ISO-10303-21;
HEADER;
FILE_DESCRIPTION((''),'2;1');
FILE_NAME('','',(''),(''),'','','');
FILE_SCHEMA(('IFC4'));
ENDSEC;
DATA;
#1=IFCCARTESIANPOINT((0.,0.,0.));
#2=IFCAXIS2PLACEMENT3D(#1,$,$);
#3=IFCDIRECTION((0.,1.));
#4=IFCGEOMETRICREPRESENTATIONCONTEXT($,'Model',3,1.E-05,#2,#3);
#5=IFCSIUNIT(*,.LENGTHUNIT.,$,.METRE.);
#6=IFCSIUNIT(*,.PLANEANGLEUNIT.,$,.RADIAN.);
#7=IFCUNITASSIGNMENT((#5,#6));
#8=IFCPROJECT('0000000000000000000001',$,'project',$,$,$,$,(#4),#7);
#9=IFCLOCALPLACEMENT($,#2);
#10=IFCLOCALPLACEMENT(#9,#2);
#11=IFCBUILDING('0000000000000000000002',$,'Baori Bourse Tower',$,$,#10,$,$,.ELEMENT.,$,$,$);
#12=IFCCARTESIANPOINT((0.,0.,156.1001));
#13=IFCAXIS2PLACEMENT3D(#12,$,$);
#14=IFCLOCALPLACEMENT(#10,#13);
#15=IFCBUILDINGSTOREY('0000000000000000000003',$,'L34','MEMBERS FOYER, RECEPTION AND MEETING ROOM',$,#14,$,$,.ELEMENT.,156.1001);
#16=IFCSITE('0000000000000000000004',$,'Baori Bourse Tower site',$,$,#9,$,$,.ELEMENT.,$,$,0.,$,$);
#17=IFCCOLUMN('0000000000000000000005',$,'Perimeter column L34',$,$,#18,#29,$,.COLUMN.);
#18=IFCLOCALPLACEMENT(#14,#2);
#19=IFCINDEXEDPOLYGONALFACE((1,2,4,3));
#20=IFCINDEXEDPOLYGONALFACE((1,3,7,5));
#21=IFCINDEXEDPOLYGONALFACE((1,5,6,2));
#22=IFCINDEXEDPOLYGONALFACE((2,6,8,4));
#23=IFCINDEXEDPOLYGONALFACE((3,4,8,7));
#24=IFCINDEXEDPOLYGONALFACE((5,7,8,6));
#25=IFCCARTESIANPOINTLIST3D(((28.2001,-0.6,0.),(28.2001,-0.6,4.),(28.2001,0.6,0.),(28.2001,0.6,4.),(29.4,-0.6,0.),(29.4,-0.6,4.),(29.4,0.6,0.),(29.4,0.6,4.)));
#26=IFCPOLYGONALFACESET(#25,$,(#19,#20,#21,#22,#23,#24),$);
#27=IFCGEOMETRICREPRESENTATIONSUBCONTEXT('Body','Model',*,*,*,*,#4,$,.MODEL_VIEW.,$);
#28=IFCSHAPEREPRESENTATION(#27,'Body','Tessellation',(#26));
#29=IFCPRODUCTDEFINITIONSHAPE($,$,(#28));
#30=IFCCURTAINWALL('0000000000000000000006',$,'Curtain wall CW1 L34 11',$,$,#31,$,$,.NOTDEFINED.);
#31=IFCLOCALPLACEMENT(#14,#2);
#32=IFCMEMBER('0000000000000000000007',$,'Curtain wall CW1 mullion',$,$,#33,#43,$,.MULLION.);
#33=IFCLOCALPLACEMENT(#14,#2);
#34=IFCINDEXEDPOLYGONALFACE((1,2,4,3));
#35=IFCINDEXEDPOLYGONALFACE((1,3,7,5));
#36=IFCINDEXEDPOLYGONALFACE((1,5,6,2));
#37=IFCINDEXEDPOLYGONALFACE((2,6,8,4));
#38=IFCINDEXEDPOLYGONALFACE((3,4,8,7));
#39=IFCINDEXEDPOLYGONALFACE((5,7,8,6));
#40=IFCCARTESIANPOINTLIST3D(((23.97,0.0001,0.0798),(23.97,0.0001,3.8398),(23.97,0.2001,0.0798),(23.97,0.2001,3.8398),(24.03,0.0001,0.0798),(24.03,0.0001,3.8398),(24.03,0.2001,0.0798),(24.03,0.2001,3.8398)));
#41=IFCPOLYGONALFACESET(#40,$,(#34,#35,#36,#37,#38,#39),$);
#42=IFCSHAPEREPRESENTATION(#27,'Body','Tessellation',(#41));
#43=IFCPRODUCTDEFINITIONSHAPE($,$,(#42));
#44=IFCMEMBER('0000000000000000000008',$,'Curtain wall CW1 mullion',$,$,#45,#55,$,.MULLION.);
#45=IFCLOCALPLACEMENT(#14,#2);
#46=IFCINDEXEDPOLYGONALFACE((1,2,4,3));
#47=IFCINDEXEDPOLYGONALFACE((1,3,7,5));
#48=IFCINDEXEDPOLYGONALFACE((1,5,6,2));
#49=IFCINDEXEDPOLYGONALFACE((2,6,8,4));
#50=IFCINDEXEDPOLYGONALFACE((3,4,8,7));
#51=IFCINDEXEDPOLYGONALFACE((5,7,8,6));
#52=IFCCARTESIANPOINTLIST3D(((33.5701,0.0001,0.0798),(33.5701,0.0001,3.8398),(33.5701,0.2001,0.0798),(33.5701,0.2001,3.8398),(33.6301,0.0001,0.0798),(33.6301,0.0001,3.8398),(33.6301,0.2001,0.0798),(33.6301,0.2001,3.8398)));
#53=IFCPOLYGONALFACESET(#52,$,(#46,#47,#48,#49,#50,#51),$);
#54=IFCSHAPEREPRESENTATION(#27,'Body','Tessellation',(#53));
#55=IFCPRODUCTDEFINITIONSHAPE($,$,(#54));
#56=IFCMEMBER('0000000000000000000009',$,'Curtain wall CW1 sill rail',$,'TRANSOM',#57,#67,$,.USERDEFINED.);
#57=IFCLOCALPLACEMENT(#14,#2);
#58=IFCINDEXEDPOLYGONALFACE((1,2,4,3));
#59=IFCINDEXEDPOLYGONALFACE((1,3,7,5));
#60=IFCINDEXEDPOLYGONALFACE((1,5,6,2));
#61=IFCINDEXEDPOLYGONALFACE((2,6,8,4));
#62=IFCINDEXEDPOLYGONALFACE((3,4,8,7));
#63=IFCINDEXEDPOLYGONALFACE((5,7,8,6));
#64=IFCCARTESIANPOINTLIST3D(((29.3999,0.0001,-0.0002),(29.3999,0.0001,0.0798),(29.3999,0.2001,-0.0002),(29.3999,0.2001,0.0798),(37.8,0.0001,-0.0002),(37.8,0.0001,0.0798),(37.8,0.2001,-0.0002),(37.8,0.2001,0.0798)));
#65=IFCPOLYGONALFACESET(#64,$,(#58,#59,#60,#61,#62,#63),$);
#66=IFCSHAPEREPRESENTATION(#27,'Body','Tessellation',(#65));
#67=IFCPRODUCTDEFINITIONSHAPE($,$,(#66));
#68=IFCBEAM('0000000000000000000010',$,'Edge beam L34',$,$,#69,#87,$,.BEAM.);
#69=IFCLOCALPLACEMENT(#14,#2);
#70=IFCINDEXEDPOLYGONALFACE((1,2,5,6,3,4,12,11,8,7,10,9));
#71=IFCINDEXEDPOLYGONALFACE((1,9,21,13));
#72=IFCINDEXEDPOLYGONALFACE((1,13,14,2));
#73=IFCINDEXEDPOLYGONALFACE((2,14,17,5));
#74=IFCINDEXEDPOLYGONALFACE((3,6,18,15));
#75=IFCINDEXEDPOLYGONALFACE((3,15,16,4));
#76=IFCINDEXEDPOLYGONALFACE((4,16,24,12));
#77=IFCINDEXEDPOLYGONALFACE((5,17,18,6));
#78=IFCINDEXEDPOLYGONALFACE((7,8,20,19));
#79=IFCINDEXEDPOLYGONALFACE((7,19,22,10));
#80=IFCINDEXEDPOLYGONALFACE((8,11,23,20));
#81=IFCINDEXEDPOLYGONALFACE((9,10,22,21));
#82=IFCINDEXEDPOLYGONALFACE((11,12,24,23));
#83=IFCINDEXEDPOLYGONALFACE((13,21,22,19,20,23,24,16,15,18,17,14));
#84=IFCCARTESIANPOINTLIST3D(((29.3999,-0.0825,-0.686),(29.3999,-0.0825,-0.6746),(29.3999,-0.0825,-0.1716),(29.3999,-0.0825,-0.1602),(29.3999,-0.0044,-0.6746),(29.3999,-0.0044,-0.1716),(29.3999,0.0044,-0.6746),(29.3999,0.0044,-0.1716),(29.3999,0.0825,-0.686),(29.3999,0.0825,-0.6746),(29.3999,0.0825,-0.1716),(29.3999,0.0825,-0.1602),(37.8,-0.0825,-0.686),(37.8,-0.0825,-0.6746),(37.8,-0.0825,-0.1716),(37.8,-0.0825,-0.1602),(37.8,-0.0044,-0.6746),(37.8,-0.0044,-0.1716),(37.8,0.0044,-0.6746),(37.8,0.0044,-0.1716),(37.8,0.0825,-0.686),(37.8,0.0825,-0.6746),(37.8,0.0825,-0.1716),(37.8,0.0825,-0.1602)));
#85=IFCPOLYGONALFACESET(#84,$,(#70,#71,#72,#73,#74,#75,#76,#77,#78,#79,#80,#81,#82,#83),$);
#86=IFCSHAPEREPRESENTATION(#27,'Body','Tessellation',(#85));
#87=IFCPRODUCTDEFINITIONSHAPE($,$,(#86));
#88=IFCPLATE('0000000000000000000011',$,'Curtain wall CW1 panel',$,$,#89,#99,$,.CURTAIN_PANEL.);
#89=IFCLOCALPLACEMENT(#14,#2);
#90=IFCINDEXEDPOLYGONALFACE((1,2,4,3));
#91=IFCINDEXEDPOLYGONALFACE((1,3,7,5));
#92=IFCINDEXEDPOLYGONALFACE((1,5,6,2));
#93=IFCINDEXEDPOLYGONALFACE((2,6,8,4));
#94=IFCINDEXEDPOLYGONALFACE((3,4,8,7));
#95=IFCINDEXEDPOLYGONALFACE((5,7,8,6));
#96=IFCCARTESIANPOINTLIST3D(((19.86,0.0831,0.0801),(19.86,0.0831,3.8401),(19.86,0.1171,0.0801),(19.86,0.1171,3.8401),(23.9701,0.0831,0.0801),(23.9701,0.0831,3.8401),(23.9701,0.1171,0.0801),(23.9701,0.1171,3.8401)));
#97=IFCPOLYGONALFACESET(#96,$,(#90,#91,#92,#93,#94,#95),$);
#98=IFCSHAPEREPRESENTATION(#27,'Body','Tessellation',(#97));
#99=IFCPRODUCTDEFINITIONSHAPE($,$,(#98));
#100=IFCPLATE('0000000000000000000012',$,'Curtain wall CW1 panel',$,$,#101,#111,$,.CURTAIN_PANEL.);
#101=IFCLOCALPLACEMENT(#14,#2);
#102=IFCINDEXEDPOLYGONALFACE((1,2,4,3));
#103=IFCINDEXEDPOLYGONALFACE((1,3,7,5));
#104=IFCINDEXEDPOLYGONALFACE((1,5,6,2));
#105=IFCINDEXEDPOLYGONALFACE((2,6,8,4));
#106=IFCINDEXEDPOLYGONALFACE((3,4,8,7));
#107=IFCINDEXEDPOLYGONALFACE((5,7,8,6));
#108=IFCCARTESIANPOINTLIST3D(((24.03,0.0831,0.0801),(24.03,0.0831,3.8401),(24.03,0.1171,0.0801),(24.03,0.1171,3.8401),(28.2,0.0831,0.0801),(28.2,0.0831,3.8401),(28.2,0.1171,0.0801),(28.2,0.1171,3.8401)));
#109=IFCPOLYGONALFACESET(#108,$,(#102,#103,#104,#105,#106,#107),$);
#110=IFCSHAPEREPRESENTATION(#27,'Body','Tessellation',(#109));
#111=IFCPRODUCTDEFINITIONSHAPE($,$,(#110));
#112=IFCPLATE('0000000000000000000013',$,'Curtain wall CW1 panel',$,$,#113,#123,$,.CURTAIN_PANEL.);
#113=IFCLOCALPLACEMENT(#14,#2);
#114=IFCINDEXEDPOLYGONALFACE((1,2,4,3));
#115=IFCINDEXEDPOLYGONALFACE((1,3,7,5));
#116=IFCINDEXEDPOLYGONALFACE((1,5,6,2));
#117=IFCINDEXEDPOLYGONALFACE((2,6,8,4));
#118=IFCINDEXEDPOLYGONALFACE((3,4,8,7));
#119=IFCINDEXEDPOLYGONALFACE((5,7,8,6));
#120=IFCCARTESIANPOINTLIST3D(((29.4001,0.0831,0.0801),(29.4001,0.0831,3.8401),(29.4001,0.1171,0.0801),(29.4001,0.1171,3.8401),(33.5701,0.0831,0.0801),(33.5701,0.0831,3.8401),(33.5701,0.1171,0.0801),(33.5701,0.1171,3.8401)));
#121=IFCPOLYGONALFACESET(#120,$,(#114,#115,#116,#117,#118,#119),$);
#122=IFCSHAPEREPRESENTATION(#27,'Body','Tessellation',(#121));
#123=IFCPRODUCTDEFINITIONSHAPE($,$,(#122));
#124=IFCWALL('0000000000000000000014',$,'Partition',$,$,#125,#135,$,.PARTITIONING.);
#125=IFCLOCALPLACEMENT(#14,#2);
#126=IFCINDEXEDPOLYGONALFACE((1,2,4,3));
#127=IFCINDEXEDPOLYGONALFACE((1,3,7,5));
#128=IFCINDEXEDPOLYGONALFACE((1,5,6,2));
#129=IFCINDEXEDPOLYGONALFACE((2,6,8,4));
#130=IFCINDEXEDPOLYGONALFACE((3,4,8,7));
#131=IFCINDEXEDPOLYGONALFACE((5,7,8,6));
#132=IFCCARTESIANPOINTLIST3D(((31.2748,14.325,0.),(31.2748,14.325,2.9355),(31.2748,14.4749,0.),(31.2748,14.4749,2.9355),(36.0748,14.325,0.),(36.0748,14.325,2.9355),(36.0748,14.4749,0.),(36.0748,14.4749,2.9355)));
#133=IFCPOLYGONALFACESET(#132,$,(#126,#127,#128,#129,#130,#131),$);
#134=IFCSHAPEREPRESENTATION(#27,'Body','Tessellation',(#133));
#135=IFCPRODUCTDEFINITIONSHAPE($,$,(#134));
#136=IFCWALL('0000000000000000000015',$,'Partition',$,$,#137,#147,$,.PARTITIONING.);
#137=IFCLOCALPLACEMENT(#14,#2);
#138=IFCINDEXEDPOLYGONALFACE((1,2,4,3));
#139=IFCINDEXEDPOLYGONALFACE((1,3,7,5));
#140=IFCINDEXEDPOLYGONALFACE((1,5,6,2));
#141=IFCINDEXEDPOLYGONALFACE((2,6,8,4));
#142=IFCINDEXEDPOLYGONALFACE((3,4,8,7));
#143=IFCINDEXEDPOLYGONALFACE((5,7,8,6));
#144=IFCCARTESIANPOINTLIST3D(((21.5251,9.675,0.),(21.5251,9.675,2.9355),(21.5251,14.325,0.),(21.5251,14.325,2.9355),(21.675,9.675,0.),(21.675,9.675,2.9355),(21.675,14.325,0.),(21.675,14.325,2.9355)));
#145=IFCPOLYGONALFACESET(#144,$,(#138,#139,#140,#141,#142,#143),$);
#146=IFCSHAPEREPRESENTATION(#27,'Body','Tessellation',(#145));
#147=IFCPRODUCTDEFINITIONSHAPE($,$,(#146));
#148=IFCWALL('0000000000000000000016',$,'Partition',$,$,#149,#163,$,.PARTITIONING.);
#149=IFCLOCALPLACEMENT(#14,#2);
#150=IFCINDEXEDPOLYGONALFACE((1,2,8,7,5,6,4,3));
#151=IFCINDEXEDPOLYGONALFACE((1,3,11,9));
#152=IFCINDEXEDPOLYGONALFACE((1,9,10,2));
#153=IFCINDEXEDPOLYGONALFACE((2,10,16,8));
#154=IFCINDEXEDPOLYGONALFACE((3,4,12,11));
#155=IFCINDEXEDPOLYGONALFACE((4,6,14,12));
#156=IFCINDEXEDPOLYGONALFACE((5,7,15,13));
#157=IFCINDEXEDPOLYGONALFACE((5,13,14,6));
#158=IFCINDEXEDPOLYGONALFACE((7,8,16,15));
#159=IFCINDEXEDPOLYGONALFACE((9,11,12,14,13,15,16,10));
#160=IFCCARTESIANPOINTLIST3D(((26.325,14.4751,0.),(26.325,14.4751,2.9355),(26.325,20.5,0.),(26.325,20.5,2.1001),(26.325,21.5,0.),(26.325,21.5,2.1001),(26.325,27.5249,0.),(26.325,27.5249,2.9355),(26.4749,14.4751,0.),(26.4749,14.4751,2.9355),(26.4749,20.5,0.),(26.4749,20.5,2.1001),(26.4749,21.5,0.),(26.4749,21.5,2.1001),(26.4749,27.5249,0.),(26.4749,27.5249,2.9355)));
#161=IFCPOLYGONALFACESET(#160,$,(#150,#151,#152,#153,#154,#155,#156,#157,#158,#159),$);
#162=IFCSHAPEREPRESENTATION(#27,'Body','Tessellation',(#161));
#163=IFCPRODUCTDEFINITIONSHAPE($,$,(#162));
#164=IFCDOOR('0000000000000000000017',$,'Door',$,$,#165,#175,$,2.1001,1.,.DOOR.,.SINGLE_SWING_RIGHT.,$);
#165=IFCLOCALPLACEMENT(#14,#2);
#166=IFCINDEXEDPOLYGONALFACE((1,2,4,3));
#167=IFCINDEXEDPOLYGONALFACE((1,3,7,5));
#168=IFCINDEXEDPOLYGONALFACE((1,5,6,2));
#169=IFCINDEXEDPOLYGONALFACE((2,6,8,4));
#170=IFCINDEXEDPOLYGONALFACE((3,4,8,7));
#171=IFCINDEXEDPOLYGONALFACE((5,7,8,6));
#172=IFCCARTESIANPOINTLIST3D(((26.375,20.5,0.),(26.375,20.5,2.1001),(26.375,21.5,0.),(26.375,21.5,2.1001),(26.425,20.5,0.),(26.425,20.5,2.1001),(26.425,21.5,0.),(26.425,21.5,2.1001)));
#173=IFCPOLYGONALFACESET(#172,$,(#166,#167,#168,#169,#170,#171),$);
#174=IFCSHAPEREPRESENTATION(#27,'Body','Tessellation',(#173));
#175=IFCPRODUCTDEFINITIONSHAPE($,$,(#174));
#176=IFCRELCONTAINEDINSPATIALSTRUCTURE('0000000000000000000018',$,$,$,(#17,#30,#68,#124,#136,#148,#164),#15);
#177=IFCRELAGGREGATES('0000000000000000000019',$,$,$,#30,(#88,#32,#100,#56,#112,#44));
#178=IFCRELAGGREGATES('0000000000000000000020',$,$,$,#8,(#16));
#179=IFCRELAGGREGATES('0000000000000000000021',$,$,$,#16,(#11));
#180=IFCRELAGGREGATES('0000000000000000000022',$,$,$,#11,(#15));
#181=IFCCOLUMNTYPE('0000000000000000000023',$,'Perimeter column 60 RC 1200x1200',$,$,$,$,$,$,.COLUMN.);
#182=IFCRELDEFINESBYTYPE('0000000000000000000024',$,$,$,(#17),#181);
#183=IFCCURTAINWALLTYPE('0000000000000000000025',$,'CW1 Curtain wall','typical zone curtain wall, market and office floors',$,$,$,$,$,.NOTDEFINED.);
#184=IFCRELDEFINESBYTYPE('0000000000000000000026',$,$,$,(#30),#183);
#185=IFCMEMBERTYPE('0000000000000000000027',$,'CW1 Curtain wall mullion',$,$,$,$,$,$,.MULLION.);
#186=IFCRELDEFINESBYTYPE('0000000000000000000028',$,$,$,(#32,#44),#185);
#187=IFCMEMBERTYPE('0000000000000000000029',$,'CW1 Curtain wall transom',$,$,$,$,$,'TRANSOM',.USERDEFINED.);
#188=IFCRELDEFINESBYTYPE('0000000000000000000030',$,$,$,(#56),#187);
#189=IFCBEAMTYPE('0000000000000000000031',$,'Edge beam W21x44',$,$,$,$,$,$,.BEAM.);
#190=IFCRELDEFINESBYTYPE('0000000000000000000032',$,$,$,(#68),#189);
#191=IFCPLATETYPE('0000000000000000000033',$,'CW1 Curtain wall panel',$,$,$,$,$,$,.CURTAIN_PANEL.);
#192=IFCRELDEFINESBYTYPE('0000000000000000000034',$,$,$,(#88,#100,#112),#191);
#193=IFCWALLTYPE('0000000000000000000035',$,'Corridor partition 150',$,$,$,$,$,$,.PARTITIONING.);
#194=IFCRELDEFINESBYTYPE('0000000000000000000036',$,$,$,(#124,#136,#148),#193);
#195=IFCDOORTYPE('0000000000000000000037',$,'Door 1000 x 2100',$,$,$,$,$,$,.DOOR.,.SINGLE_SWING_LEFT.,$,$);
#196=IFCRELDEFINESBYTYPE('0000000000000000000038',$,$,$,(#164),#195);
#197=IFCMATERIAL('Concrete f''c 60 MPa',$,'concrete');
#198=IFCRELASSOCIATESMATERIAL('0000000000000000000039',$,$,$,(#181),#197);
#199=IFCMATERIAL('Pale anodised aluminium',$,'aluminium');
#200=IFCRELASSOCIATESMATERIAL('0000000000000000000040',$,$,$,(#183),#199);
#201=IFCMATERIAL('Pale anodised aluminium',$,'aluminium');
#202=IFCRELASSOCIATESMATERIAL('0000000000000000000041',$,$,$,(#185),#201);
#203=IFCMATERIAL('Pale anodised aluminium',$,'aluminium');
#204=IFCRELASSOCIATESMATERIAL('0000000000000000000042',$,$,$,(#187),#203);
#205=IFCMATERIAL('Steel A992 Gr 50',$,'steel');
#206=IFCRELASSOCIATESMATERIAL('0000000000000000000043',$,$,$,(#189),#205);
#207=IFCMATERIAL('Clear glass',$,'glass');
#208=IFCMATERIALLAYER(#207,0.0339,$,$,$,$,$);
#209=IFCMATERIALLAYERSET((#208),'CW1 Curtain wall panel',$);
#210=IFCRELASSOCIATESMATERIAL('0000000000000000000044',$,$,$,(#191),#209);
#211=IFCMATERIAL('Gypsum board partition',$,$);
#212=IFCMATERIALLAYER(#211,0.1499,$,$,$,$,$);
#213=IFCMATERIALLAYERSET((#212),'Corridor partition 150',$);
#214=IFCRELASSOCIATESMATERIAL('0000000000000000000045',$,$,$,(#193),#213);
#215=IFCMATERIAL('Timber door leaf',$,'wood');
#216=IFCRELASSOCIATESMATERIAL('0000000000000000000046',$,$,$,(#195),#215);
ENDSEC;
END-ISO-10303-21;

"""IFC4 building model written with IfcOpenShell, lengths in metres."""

from ifc_helpers import new_model, si_unit, direction, frame, frame_2d, origin, origin_2d, place, context, subcontext, project, spatial, rectangle, i_section, extrude, material, layer, layer_set, material_profile, profile_set, type_object, element, fill, aggregate, save


model = new_model("IFC4")

# Units and contexts
model_context = context("Model", 3, precision=1e-05, world=origin(), true_north=direction((0.0, 1.0)))
body_context = subcontext(model_context, "Body", "Model", "MODEL_VIEW")
ifc_project = project(units=[si_unit("LENGTHUNIT", "METRE"), si_unit("PLANEANGLEUNIT", "RADIAN")], contexts=[model_context])

# Site, building, storey
site_placement = place(None, origin())
site = spatial("IfcSite", under=ifc_project, at=site_placement, Name="Baori Bourse Tower site", CompositionType="ELEMENT", RefElevation=0.0)
building_placement = place(site_placement, origin())
building = spatial("IfcBuilding", under=site, at=building_placement, Name="Baori Bourse Tower", CompositionType="ELEMENT")
storey_placement = place(building_placement, frame((0.0, 0.0, 156.1001)))
storey = spatial("IfcBuildingStorey", under=building, at=storey_placement, Name="L34", Description="MEMBERS FOYER, RECEPTION AND MEETING ROOM", CompositionType="ELEMENT", Elevation=156.1001)

# Column
ifc_material_1 = material(Name="Concrete f'c 60 MPa", Category="concrete")
ifc_material_profile_1 = material_profile(ifc_material_1, rectangle(XDim=1.2, YDim=1.2, at=origin_2d()), Name="RC 1200x1200")
ifc_profile_set_1 = profile_set([ifc_material_profile_1], Name="Concrete f'c 60 MPa")
column_type = type_object("IfcColumnType", Name="Perimeter column 60 RC 1200x1200", PredefinedType="COLUMN", material=ifc_profile_set_1)
column_placement = place(storey_placement, frame((28.8, 0.0, 0.0), z_axis=(0.0, 0.0, 1.0), x_axis=(1.0, 0.0, 0.0)))
element("IfcColumn", 1, at=column_placement, inside=storey, type_object=column_type, Name="Perimeter column L34", PredefinedType="COLUMN", context=body_context, shape_type="SweptSolid", body=[
    extrude(rectangle(XDim=1.2, YDim=1.2, at=origin_2d()), origin(), (0.0, 0.0, 1.0), 4.0),
])

# Curtain wall, members
ifc_material_2 = material(Name="Pale anodised aluminium", Category="aluminium")
curtain_wall_type = type_object("IfcCurtainWallType", Name="CW1 Curtain wall", Description="typical zone curtain wall, market and office floors", PredefinedType="NOTDEFINED", material=ifc_material_2)
curtain_wall_placement = place(storey_placement, origin())
curtain_wall = element("IfcCurtainWall", 2, at=curtain_wall_placement, inside=storey, type_object=curtain_wall_type, Name="Curtain wall CW1 L34 11", PredefinedType="NOTDEFINED")
ifc_material_3 = material(Name="Pale anodised aluminium", Category="aluminium")
ifc_material_profile_2 = material_profile(ifc_material_3, rectangle(XDim=0.2, YDim=0.0601, at=origin_2d()), Name="Mullion 60x200")
ifc_profile_set_2 = profile_set([ifc_material_profile_2], Name="Pale anodised aluminium")
member_type_1 = type_object("IfcMemberType", Name="CW1 Curtain wall mullion", PredefinedType="MULLION", material=ifc_profile_set_2)
member_1_placement = place(storey_placement, frame((24.0, 0.1001, 0.0798), z_axis=(0.0, 0.0, 1.0), x_axis=(0.0, 1.0, 0.0)))
member_1 = element("IfcMember", 3, at=member_1_placement, type_object=member_type_1, Name="Curtain wall CW1 mullion", PredefinedType="MULLION", context=body_context, shape_type="SweptSolid", body=[
    extrude(rectangle(XDim=0.2, YDim=0.0601, at=origin_2d()), origin(), (0.0, 0.0, 1.0), 3.76),
])
member_2_placement = place(storey_placement, frame((33.6001, 0.1001, 0.0798), z_axis=(0.0, 0.0, 1.0), x_axis=(0.0, 1.0, 0.0)))
member_2 = element("IfcMember", 4, at=member_2_placement, type_object=member_type_1, Name="Curtain wall CW1 mullion", PredefinedType="MULLION", context=body_context, shape_type="SweptSolid", body=[
    extrude(rectangle(XDim=0.2, YDim=0.0601, at=origin_2d()), origin(), (0.0, 0.0, 1.0), 3.76),
])
ifc_material_4 = material(Name="Pale anodised aluminium", Category="aluminium")
ifc_material_profile_3 = material_profile(ifc_material_4, rectangle(XDim=0.2, YDim=0.0801, at=origin_2d()), Name="Transom 80x200")
ifc_profile_set_3 = profile_set([ifc_material_profile_3], Name="Pale anodised aluminium")
member_type_2 = type_object("IfcMemberType", Name="CW1 Curtain wall transom", ElementType="TRANSOM", PredefinedType="USERDEFINED", material=ifc_profile_set_3)
member_3_placement = place(storey_placement, frame((29.3999, 0.1001, 0.0398), z_axis=(1.0, 0.0, 0.0), x_axis=(0.0, 1.0, 0.0)))
member_3 = element("IfcMember", 5, at=member_3_placement, type_object=member_type_2, Name="Curtain wall CW1 sill rail", ObjectType="TRANSOM", PredefinedType="USERDEFINED", context=body_context, shape_type="SweptSolid", body=[
    extrude(rectangle(XDim=0.2, YDim=0.0801, at=origin_2d()), origin(), (0.0, 0.0, 1.0), 8.4001),
])

# Beam
ifc_material_5 = material(Name="Steel A992 Gr 50", Category="steel")
ifc_material_profile_4 = material_profile(ifc_material_5, i_section(OverallWidth=0.165, OverallDepth=0.5259, WebThickness=0.0088, FlangeThickness=0.0115, at=origin_2d()), Name="W21x44")
ifc_profile_set_4 = profile_set([ifc_material_profile_4], Name="Steel A992 Gr 50")
beam_type = type_object("IfcBeamType", Name="Edge beam W21x44", PredefinedType="BEAM", material=ifc_profile_set_4)
beam_placement = place(storey_placement, frame((29.3999, 0.0, -0.4231), z_axis=(1.0, 0.0, 0.0), x_axis=(0.0, 1.0, 0.0)))
element("IfcBeam", 6, at=beam_placement, inside=storey, type_object=beam_type, Name="Edge beam L34", PredefinedType="BEAM", context=body_context, shape_type="SweptSolid", body=[
    extrude(i_section(OverallWidth=0.165, OverallDepth=0.5259, WebThickness=0.0088, FlangeThickness=0.0115, at=origin_2d()), origin(), (0.0, 0.0, 1.0), 8.4001),
])

# Plates
ifc_material_6 = material(Name="Clear glass", Category="glass")
ifc_layer_1 = layer(ifc_material_6, 0.0339)
ifc_layer_set_1 = layer_set([ifc_layer_1], Name="CW1 Curtain wall panel")
plate_type = type_object("IfcPlateType", Name="CW1 Curtain wall panel", PredefinedType="CURTAIN_PANEL", material=ifc_layer_set_1)
plate_1_placement = place(storey_placement, frame((21.915, 0.1001, 0.0801), z_axis=(0.0, 0.0, 1.0), x_axis=(1.0, 0.0, 0.0)))
plate_1 = element("IfcPlate", 7, at=plate_1_placement, type_object=plate_type, Name="Curtain wall CW1 panel", PredefinedType="CURTAIN_PANEL", context=body_context, shape_type="SweptSolid", body=[
    extrude(rectangle(XDim=4.1101, YDim=0.0339, at=origin_2d()), origin(), (0.0, 0.0, 1.0), 3.76),
])
plate_2_placement = place(storey_placement, frame((26.115, 0.1001, 0.0801), z_axis=(0.0, 0.0, 1.0), x_axis=(1.0, 0.0, 0.0)))
plate_2 = element("IfcPlate", 8, at=plate_2_placement, type_object=plate_type, Name="Curtain wall CW1 panel", PredefinedType="CURTAIN_PANEL", context=body_context, shape_type="SweptSolid", body=[
    extrude(rectangle(XDim=4.1699, YDim=0.0339, at=origin_2d()), origin(), (0.0, 0.0, 1.0), 3.76),
])
plate_3_placement = place(storey_placement, frame((31.4851, 0.1001, 0.0801), z_axis=(0.0, 0.0, 1.0), x_axis=(1.0, 0.0, 0.0)))
plate_3 = element("IfcPlate", 9, at=plate_3_placement, type_object=plate_type, Name="Curtain wall CW1 panel", PredefinedType="CURTAIN_PANEL", context=body_context, shape_type="SweptSolid", body=[
    extrude(rectangle(XDim=4.1699, YDim=0.0339, at=origin_2d()), origin(), (0.0, 0.0, 1.0), 3.76),
])
aggregate(curtain_wall, [plate_1, member_1, plate_2, member_3, plate_3, member_2])

# Walls
ifc_material_7 = material(Name="Gypsum board partition")
ifc_layer_2 = layer(ifc_material_7, 0.1499)
ifc_layer_set_2 = layer_set([ifc_layer_2], Name="Corridor partition 150")
wall_type_1 = type_object("IfcWallType", Name="Corridor partition 150", PredefinedType="PARTITIONING", material=ifc_layer_set_2)
wall_1_placement = place(storey_placement, frame((31.2749, 14.3999, 0.0), z_axis=(0.0, 0.0, 1.0), x_axis=(1.0, 0.0, 0.0)))
element("IfcWall", 10, at=wall_1_placement, inside=storey, type_object=wall_type_1, Name="Partition", PredefinedType="PARTITIONING", context=body_context, shape_type="SweptSolid", body=[
    extrude(rectangle(XDim=4.8, YDim=0.1499, at=frame_2d((2.3999, 0.0))), origin(), (0.0, 0.0, 1.0), 2.9355),
])
wall_2_placement = place(storey_placement, frame((21.6001, 9.675, 0.0), z_axis=(0.0, 0.0, 1.0), x_axis=(0.0, 1.0, 0.0)))
element("IfcWall", 11, at=wall_2_placement, inside=storey, type_object=wall_type_1, Name="Partition", PredefinedType="PARTITIONING", context=body_context, shape_type="SweptSolid", body=[
    extrude(rectangle(XDim=4.6499, YDim=0.1499, at=frame_2d((2.325, 0.0))), origin(), (0.0, 0.0, 1.0), 2.9355),
])

# Wall, opening, door
wall_3_placement = place(storey_placement, frame((26.3999, 14.4751, 0.0), z_axis=(0.0, 0.0, 1.0), x_axis=(0.0, 1.0, 0.0)))
wall_3 = element("IfcWall", 12, at=wall_3_placement, inside=storey, type_object=wall_type_1, Name="Partition", PredefinedType="PARTITIONING", context=body_context, shape_type="SweptSolid", body=[
    extrude(rectangle(XDim=13.0498, YDim=0.1499, at=frame_2d((6.5249, 0.0))), origin(), (0.0, 0.0, 1.0), 2.9355),
])
opening_placement = place(wall_3_placement, frame((6.0249, 0.0, 0.0)))
opening = element("IfcOpeningElement", 13, at=opening_placement, cuts=wall_3, PredefinedType="OPENING", context=body_context, shape_type="SweptSolid", body=[
    extrude(rectangle(XDim=1.0, YDim=2.1001, at=frame_2d((0.5, 1.05))), frame((0.0, 0.085, 0.0), z_axis=(0.0, -1.0, 0.0), x_axis=(1.0, 0.0, 0.0)), (0.0, 0.0, 1.0), 0.1699),
])
ifc_material_8 = material(Name="Timber door leaf", Category="wood")
door_type = type_object("IfcDoorType", Name="Door 1000 x 2100", OperationType="SINGLE_SWING_LEFT", PredefinedType="DOOR", material=ifc_material_8)
door_placement = place(opening_placement, origin())
door = element("IfcDoor", 14, at=door_placement, inside=storey, type_object=door_type, Name="Door", OperationType="SINGLE_SWING_RIGHT", OverallHeight=2.1001, OverallWidth=1.0, PredefinedType="DOOR", context=body_context, shape_type="SweptSolid", body=[
    extrude(rectangle(XDim=1.0, YDim=2.1001, at=frame_2d((0.5, 1.05))), frame((0.0, 0.0249, 0.0), z_axis=(0.0, -1.0, 0.0), x_axis=(1.0, 0.0, 0.0)), (0.0, 0.0, 1.0), 0.05),
])
fill(opening, door)

save(model, "model.ifc")
